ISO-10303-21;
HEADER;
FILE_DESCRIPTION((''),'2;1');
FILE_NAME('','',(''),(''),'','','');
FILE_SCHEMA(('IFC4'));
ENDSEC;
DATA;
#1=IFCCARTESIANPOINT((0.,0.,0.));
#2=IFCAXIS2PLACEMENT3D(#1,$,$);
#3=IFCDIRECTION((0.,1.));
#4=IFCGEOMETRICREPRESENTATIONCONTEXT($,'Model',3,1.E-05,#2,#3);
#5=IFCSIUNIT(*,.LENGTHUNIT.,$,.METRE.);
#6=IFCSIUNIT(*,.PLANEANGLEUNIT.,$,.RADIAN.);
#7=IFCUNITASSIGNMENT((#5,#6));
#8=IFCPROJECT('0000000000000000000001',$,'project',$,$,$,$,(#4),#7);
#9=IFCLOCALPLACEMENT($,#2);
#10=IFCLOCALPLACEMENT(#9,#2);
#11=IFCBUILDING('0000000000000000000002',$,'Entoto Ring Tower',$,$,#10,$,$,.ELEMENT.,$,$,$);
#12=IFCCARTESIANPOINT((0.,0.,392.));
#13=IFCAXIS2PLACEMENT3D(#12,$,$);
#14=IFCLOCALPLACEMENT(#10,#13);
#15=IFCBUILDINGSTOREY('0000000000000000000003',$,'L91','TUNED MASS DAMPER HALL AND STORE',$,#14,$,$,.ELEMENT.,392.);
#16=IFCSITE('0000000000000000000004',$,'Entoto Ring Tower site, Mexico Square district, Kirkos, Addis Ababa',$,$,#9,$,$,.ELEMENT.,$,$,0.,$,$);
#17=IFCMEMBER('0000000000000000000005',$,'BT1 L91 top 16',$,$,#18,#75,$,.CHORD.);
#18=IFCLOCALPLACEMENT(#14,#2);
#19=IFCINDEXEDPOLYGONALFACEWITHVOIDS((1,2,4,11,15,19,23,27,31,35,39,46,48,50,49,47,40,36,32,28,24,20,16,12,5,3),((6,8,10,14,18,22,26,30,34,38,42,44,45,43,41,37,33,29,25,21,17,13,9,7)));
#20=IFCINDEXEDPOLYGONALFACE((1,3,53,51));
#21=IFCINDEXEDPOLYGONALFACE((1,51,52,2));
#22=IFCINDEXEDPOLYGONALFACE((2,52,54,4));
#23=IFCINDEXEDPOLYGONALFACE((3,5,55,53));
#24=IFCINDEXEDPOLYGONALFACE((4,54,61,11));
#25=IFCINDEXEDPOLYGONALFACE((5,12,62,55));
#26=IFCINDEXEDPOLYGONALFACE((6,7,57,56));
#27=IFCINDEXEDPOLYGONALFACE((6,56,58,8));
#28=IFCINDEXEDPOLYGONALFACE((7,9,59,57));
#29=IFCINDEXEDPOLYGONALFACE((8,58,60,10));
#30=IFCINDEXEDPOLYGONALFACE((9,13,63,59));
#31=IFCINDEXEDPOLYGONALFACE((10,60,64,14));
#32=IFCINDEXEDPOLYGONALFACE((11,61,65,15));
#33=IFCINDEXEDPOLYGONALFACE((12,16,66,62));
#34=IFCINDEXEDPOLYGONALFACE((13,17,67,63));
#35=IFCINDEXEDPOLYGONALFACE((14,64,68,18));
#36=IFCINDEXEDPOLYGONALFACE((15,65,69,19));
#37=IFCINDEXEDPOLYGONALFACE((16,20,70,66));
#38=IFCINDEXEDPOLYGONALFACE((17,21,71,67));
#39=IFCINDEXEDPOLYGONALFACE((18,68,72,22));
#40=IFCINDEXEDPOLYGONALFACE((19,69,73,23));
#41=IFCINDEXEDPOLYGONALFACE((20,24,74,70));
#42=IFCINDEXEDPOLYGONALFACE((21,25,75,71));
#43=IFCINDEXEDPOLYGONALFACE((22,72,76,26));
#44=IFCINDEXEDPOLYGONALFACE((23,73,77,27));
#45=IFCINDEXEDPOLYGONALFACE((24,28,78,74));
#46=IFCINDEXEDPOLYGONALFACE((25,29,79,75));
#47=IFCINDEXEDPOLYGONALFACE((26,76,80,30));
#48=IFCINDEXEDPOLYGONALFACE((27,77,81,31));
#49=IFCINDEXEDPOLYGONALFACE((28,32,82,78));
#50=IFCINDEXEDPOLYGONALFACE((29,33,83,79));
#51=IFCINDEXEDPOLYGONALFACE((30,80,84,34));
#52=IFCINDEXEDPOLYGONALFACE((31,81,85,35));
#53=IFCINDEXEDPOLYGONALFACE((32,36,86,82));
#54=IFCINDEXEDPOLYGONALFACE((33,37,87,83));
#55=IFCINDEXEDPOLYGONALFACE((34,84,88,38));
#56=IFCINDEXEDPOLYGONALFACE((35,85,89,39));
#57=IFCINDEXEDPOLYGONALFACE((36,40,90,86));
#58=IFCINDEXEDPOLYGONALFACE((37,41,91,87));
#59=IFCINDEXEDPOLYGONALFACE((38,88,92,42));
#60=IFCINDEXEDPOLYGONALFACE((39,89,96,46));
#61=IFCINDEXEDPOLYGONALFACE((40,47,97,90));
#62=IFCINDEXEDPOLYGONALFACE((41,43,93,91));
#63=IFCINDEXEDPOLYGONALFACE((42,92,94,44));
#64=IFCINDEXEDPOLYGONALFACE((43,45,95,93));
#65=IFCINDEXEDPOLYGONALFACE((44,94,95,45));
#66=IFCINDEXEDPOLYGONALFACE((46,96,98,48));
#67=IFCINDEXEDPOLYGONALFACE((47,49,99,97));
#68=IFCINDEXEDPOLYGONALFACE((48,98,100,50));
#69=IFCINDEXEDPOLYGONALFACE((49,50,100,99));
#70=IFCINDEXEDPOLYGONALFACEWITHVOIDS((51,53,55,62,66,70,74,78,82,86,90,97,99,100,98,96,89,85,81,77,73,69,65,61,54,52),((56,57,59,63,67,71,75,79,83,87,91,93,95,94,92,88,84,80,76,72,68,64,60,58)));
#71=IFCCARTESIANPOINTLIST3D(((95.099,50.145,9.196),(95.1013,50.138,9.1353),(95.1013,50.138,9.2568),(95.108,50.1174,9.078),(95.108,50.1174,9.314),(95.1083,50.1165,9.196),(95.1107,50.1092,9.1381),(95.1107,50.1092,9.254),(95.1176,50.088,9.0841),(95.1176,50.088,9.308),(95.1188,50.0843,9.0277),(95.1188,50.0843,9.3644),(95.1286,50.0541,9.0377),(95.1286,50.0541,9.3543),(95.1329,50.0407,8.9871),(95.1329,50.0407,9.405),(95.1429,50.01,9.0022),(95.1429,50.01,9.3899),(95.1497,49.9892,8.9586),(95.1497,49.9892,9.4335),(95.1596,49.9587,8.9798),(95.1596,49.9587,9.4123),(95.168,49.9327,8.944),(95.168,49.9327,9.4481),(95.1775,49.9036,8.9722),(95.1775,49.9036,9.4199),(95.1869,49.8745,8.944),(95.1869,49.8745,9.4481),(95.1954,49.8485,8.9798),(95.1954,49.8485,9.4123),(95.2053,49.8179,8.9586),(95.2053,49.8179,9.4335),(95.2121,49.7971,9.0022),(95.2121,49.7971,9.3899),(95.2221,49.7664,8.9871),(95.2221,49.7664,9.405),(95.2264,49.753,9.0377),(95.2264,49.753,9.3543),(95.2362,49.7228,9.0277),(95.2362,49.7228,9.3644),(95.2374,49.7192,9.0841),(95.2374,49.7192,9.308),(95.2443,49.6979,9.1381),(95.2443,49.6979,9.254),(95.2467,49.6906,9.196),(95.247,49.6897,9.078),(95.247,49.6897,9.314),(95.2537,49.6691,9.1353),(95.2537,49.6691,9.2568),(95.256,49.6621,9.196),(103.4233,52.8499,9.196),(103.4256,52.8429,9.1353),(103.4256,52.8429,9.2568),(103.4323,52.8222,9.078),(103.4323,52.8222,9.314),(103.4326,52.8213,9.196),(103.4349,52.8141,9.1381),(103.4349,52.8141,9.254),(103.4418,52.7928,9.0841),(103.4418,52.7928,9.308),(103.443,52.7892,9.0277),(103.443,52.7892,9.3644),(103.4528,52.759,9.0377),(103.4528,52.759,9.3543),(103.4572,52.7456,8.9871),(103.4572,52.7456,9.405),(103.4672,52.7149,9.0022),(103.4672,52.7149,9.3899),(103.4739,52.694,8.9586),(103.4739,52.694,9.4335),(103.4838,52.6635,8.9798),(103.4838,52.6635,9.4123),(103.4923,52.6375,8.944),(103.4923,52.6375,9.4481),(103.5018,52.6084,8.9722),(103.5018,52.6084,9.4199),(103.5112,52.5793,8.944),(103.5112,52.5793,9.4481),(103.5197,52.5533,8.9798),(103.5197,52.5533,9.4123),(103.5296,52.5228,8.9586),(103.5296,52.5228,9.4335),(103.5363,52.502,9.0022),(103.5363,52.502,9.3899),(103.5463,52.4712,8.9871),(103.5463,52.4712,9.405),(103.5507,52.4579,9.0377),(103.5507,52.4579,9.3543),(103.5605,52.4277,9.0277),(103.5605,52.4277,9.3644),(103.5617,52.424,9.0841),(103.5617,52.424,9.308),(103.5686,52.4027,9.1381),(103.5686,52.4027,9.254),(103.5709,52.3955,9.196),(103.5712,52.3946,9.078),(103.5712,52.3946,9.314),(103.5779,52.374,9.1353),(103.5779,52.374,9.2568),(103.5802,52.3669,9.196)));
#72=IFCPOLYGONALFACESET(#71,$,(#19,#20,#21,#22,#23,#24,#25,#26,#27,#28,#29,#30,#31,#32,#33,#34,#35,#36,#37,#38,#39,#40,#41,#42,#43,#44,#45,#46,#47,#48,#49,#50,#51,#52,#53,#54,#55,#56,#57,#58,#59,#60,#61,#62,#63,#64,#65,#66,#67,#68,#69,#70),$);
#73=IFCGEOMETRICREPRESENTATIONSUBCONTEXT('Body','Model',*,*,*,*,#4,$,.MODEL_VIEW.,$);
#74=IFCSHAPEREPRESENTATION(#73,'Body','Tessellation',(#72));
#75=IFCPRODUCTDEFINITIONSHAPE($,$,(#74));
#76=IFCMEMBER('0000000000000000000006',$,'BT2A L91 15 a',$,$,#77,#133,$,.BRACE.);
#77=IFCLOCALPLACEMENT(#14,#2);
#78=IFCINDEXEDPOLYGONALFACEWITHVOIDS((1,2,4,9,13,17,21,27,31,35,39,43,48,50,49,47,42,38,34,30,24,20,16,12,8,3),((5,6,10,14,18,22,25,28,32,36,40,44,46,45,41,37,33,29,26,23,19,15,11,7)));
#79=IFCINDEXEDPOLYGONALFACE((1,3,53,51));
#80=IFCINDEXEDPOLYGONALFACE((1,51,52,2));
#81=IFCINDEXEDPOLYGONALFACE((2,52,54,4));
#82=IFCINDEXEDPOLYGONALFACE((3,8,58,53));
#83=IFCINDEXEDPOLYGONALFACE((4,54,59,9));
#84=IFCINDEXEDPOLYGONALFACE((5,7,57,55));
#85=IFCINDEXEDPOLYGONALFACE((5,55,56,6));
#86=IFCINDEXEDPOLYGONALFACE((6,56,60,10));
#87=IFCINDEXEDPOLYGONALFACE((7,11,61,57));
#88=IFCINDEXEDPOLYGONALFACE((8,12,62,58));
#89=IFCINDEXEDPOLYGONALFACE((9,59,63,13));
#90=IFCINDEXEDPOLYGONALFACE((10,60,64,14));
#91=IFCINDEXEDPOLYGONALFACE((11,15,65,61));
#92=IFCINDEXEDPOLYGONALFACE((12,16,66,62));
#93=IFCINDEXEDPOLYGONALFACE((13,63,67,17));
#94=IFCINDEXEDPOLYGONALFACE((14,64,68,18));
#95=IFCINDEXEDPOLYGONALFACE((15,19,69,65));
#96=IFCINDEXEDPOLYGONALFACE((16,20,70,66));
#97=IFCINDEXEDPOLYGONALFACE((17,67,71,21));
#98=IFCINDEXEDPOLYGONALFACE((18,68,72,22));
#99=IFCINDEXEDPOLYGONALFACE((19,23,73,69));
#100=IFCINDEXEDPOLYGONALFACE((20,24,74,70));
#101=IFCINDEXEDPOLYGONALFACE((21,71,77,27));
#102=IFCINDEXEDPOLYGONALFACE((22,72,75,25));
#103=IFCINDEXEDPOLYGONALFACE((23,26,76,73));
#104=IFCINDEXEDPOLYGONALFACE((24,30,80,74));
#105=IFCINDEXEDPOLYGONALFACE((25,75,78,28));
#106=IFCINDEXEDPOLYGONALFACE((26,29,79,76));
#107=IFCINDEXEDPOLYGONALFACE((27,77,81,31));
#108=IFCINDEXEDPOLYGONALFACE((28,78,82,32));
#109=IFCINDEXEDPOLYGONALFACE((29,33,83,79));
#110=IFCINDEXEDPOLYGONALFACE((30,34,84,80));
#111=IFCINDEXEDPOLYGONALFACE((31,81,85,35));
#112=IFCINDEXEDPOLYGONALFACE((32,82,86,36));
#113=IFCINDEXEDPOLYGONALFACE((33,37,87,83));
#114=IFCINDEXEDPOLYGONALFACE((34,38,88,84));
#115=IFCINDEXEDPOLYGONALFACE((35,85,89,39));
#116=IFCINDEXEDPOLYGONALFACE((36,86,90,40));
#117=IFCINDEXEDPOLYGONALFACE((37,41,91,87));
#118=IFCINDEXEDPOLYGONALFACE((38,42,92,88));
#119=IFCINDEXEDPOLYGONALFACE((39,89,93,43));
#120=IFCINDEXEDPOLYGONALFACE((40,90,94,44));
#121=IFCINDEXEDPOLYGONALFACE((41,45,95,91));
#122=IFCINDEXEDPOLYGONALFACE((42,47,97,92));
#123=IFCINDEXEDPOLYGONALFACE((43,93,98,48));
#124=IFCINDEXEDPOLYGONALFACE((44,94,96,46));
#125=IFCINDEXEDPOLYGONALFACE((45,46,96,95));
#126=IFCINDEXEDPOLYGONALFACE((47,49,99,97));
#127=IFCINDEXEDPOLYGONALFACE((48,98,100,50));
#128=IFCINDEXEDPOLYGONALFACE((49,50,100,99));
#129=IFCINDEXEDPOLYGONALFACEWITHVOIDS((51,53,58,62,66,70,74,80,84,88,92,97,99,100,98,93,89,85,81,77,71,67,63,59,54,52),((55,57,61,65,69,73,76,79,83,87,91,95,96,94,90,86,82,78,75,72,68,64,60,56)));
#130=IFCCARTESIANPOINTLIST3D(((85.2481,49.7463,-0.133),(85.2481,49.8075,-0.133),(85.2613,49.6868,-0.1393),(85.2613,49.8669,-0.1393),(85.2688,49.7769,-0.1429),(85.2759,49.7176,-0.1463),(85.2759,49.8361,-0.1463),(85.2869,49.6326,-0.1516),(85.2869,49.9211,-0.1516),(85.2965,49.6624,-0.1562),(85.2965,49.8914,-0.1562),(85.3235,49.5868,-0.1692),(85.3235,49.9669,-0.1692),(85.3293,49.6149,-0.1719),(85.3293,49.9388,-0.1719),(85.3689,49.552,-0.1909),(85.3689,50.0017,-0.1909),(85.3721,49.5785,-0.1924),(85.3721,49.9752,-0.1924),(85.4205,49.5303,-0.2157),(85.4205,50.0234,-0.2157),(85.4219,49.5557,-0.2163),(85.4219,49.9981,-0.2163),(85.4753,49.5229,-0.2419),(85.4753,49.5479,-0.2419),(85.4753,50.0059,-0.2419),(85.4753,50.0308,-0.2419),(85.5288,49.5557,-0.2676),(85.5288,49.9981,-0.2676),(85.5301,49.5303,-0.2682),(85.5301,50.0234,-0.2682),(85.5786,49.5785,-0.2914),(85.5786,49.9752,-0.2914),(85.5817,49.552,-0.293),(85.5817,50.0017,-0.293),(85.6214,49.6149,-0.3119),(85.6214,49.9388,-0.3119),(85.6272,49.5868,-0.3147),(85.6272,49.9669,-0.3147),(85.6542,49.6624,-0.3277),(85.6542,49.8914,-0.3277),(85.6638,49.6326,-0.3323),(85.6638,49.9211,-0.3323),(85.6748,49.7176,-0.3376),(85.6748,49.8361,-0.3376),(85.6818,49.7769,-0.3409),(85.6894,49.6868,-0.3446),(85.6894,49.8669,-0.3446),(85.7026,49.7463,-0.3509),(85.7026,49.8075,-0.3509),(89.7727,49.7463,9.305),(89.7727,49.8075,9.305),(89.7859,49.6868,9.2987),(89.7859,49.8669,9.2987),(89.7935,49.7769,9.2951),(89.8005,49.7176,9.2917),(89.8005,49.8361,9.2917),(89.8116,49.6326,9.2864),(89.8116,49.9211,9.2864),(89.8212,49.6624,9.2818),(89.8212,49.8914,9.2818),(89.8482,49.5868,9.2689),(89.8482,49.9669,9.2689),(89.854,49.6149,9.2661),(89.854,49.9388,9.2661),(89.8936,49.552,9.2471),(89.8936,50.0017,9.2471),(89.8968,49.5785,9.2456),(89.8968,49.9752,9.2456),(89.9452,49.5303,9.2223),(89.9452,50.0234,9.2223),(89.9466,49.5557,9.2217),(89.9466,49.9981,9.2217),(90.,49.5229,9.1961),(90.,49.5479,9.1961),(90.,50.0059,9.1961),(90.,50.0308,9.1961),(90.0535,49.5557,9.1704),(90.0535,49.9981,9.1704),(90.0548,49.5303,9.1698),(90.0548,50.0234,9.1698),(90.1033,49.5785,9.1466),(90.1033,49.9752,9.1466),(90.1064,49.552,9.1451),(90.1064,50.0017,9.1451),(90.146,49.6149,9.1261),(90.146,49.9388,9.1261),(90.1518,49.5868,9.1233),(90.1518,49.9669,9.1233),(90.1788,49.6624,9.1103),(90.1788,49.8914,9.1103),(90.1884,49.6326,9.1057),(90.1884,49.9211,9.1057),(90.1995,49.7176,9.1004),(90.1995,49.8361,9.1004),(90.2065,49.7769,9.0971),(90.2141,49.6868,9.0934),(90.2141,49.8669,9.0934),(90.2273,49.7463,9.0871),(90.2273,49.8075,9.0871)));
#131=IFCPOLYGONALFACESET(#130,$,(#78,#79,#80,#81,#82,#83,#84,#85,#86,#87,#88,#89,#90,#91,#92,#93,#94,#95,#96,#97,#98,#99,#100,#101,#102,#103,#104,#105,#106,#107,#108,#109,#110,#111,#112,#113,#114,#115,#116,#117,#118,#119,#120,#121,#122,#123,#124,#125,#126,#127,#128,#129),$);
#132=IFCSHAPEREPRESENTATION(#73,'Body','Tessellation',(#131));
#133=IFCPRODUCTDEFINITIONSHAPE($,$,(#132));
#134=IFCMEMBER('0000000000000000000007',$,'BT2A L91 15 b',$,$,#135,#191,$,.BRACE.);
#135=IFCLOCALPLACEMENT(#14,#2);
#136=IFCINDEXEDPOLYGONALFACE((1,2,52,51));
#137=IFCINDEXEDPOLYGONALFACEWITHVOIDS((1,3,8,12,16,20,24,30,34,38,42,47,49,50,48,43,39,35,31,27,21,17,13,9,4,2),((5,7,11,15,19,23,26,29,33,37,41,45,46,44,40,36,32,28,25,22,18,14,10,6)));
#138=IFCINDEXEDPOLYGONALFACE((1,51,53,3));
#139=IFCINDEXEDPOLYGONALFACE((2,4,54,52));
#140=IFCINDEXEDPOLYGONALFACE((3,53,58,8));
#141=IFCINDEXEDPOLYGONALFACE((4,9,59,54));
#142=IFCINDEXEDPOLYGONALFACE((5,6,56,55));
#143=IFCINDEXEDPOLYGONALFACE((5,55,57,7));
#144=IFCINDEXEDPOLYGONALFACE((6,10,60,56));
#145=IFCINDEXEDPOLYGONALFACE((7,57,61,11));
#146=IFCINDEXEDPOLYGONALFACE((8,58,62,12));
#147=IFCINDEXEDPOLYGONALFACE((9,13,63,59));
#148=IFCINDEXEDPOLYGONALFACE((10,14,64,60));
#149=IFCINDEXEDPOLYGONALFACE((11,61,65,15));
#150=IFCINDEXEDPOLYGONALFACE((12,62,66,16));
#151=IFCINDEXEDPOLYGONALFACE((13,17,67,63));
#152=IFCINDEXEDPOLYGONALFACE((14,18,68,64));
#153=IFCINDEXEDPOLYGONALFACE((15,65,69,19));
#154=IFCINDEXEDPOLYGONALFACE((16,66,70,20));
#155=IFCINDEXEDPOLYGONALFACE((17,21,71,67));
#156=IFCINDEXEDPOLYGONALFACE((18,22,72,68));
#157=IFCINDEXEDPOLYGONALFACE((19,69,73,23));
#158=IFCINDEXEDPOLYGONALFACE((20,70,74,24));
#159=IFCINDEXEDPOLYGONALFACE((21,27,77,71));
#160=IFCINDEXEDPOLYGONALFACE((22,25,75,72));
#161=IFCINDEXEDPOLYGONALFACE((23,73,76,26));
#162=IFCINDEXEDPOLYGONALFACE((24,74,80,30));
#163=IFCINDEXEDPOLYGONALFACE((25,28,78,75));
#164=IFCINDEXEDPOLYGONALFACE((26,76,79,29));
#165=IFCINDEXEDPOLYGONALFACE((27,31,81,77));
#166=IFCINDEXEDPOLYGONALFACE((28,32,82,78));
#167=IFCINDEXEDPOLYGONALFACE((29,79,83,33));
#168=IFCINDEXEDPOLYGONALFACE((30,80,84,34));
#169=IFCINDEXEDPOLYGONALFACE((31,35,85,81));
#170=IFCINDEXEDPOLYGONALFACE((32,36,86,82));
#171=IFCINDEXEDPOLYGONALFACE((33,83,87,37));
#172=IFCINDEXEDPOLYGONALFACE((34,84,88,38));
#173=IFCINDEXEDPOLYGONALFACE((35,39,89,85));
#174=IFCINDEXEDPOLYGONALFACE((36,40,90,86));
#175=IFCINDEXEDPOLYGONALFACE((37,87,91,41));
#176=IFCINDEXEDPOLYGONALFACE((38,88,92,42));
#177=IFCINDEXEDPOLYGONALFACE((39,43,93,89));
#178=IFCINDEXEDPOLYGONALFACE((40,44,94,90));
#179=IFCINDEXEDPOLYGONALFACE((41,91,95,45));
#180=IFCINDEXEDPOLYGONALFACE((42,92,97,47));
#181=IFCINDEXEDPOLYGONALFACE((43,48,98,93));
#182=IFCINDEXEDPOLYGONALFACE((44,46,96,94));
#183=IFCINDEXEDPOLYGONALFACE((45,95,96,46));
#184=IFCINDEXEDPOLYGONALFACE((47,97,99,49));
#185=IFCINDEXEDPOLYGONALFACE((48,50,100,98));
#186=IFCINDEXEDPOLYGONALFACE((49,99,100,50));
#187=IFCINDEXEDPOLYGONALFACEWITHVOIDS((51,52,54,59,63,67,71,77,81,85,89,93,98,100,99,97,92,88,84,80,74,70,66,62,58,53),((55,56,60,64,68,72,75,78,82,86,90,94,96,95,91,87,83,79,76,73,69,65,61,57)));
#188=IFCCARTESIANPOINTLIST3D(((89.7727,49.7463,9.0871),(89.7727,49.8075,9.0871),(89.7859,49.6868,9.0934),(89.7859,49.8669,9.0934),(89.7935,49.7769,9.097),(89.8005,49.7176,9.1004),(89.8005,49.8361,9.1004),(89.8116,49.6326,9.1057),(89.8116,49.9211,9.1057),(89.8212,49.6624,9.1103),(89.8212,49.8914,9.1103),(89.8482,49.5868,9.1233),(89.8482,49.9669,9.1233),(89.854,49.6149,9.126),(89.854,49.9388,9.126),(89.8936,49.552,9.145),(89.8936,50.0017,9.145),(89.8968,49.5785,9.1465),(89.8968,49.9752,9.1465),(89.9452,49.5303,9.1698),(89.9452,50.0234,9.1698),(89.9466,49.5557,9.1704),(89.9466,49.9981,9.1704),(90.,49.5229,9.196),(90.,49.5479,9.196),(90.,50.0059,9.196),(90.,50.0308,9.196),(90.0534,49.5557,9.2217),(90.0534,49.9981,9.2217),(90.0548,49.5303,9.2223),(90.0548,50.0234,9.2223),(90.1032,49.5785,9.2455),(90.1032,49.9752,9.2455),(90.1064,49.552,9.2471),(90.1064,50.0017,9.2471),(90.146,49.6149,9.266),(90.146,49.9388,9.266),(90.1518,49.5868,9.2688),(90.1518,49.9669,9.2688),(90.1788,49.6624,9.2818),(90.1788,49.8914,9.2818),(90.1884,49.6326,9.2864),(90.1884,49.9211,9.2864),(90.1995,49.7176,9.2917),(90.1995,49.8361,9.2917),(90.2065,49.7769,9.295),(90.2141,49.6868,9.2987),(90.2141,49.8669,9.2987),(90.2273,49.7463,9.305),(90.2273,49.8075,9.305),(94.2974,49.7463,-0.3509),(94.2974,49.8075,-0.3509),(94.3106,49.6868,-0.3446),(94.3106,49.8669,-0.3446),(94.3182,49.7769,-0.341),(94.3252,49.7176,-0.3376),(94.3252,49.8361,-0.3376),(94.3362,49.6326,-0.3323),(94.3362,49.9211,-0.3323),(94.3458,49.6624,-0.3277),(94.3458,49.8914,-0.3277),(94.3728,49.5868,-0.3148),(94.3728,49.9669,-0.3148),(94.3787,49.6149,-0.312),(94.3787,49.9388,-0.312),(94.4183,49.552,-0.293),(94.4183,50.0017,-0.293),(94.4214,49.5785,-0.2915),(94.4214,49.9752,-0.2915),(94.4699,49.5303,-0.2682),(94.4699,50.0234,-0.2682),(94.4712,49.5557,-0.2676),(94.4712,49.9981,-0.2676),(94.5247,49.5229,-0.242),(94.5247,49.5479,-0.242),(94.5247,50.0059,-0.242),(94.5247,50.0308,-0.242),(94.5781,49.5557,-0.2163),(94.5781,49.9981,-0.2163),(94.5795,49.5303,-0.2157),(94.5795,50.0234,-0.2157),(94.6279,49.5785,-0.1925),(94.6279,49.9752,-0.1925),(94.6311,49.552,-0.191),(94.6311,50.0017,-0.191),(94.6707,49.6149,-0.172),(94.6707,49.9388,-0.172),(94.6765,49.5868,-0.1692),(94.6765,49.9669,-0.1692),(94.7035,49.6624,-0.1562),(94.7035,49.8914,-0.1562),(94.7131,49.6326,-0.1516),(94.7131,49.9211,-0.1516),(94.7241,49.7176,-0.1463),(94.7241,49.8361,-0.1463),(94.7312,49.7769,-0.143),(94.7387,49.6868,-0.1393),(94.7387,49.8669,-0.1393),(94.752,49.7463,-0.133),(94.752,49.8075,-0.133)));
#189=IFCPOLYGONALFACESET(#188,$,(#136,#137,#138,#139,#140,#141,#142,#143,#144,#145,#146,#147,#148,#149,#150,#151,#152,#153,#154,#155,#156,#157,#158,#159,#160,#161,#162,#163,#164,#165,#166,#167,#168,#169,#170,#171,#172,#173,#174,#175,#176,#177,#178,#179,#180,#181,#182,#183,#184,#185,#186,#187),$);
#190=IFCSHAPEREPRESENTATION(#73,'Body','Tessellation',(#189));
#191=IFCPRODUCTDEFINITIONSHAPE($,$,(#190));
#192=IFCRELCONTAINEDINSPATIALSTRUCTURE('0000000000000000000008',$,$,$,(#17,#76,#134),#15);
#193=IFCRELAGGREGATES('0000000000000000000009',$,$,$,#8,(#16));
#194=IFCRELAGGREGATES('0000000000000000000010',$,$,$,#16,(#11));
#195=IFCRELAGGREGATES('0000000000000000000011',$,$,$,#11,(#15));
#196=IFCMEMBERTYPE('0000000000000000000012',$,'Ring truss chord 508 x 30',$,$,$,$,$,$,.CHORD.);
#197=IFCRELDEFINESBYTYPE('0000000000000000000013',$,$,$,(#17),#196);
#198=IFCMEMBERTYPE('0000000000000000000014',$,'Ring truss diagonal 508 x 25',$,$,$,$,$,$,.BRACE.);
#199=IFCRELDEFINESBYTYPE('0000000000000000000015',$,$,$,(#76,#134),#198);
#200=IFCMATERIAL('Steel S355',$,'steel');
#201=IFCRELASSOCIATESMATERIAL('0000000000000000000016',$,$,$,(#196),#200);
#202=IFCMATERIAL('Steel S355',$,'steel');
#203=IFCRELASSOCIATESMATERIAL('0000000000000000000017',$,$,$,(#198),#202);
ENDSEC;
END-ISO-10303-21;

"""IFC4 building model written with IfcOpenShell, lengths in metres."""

from ifc_helpers import new_model, si_unit, direction, frame, origin, origin_2d, place, context, subcontext, project, spatial, circle, hollow_circle, extrude, material, material_profile, profile_set, type_object, element, save


model = new_model("IFC4")

# Units and contexts
model_context = context("Model", 3, precision=1e-05, world=origin(), true_north=direction((0.0, 1.0)))
body_context = subcontext(model_context, "Body", "Model", "MODEL_VIEW")
ifc_project = project(units=[si_unit("LENGTHUNIT", "METRE"), si_unit("PLANEANGLEUNIT", "RADIAN")], contexts=[model_context])

# Site, building, storey
site_placement = place(None, origin())
site = spatial("IfcSite", under=ifc_project, at=site_placement, Name="Entoto Ring Tower site, Mexico Square district, Kirkos, Addis Ababa", CompositionType="ELEMENT", RefElevation=0.0)
building_placement = place(site_placement, origin())
building = spatial("IfcBuilding", under=site, at=building_placement, Name="Entoto Ring Tower", CompositionType="ELEMENT")
storey_placement = place(building_placement, frame((0.0, 0.0, 392.0)))
storey = spatial("IfcBuildingStorey", under=building, at=storey_placement, Name="L91", Description="TUNED MASS DAMPER HALL AND STORE", CompositionType="ELEMENT", Elevation=392.0)

# Members
ifc_material_1 = material(Name="Steel S355", Category="steel")
ifc_material_profile_1 = material_profile(ifc_material_1, hollow_circle(Radius=0.2539, WallThickness=0.03, at=origin_2d()), Name="CHS 508 x 30")
ifc_material_2 = material(Name="Concrete C60/75", Category="concrete")
ifc_material_profile_2 = material_profile(ifc_material_2, circle(Radius=0.2241, at=origin_2d()), Name="Concrete C60/75 infill")
ifc_profile_set_1 = profile_set([ifc_material_profile_1, ifc_material_profile_2], Name="Steel S355")
member_type_1 = type_object("IfcMemberType", Name="Ring truss chord 508 x 30", PredefinedType="CHORD", material=ifc_profile_set_1)
for number, where, z_axis, x_axis, name in (
    (1, (95.1775, 49.9036, 9.196), (0.951052, 0.309031, 0.0), (-0.309031, 0.951052, 0.0), "BT1 L91 top 16"),
):
    element("IfcMember", number, at=place(storey_placement, frame(where, z_axis=z_axis, x_axis=x_axis)), inside=storey, type_object=member_type_1, Name=name, PredefinedType="CHORD", context=body_context, shape_type="SweptSolid", body=[
        extrude(hollow_circle(Radius=0.2539, WallThickness=0.03, at=origin_2d()), origin(), (0.0, 0.0, 1.0), 8.7527),
    ])
ifc_material_3 = material(Name="Steel S355", Category="steel")
ifc_material_profile_3 = material_profile(ifc_material_3, hollow_circle(Radius=0.2539, WallThickness=0.0249, at=origin_2d()), Name="CHS 508 x 25")
ifc_material_4 = material(Name="Concrete C60/75", Category="concrete")
ifc_material_profile_4 = material_profile(ifc_material_4, circle(Radius=0.229, at=origin_2d()), Name="Concrete C60/75 infill")
ifc_profile_set_2 = profile_set([ifc_material_profile_3, ifc_material_profile_4], Name="Steel S355")
member_type_2 = type_object("IfcMemberType", Name="Ring truss diagonal 508 x 25", PredefinedType="BRACE", material=ifc_profile_set_2)
for number, where, z_axis, x_axis, name in (
    (2, (85.4753, 49.7769, -0.2419), (0.432298, 0.0, 0.901731), (0.0, 1.0, 0.0), "BT2A L91 15 a"),
    (3, (90.0, 49.7769, 9.196), (0.432298, 0.0, -0.901731), (0.0, 1.0, 0.0), "BT2A L91 15 b"),
):
    element("IfcMember", number, at=place(storey_placement, frame(where, z_axis=z_axis, x_axis=x_axis)), inside=storey, type_object=member_type_2, Name=name, PredefinedType="BRACE", context=body_context, shape_type="SweptSolid", body=[
        extrude(hollow_circle(Radius=0.2539, WallThickness=0.0249, at=origin_2d()), origin(), (0.0, 0.0, 1.0), 10.4666),
    ])

save(model, "model.ifc")
